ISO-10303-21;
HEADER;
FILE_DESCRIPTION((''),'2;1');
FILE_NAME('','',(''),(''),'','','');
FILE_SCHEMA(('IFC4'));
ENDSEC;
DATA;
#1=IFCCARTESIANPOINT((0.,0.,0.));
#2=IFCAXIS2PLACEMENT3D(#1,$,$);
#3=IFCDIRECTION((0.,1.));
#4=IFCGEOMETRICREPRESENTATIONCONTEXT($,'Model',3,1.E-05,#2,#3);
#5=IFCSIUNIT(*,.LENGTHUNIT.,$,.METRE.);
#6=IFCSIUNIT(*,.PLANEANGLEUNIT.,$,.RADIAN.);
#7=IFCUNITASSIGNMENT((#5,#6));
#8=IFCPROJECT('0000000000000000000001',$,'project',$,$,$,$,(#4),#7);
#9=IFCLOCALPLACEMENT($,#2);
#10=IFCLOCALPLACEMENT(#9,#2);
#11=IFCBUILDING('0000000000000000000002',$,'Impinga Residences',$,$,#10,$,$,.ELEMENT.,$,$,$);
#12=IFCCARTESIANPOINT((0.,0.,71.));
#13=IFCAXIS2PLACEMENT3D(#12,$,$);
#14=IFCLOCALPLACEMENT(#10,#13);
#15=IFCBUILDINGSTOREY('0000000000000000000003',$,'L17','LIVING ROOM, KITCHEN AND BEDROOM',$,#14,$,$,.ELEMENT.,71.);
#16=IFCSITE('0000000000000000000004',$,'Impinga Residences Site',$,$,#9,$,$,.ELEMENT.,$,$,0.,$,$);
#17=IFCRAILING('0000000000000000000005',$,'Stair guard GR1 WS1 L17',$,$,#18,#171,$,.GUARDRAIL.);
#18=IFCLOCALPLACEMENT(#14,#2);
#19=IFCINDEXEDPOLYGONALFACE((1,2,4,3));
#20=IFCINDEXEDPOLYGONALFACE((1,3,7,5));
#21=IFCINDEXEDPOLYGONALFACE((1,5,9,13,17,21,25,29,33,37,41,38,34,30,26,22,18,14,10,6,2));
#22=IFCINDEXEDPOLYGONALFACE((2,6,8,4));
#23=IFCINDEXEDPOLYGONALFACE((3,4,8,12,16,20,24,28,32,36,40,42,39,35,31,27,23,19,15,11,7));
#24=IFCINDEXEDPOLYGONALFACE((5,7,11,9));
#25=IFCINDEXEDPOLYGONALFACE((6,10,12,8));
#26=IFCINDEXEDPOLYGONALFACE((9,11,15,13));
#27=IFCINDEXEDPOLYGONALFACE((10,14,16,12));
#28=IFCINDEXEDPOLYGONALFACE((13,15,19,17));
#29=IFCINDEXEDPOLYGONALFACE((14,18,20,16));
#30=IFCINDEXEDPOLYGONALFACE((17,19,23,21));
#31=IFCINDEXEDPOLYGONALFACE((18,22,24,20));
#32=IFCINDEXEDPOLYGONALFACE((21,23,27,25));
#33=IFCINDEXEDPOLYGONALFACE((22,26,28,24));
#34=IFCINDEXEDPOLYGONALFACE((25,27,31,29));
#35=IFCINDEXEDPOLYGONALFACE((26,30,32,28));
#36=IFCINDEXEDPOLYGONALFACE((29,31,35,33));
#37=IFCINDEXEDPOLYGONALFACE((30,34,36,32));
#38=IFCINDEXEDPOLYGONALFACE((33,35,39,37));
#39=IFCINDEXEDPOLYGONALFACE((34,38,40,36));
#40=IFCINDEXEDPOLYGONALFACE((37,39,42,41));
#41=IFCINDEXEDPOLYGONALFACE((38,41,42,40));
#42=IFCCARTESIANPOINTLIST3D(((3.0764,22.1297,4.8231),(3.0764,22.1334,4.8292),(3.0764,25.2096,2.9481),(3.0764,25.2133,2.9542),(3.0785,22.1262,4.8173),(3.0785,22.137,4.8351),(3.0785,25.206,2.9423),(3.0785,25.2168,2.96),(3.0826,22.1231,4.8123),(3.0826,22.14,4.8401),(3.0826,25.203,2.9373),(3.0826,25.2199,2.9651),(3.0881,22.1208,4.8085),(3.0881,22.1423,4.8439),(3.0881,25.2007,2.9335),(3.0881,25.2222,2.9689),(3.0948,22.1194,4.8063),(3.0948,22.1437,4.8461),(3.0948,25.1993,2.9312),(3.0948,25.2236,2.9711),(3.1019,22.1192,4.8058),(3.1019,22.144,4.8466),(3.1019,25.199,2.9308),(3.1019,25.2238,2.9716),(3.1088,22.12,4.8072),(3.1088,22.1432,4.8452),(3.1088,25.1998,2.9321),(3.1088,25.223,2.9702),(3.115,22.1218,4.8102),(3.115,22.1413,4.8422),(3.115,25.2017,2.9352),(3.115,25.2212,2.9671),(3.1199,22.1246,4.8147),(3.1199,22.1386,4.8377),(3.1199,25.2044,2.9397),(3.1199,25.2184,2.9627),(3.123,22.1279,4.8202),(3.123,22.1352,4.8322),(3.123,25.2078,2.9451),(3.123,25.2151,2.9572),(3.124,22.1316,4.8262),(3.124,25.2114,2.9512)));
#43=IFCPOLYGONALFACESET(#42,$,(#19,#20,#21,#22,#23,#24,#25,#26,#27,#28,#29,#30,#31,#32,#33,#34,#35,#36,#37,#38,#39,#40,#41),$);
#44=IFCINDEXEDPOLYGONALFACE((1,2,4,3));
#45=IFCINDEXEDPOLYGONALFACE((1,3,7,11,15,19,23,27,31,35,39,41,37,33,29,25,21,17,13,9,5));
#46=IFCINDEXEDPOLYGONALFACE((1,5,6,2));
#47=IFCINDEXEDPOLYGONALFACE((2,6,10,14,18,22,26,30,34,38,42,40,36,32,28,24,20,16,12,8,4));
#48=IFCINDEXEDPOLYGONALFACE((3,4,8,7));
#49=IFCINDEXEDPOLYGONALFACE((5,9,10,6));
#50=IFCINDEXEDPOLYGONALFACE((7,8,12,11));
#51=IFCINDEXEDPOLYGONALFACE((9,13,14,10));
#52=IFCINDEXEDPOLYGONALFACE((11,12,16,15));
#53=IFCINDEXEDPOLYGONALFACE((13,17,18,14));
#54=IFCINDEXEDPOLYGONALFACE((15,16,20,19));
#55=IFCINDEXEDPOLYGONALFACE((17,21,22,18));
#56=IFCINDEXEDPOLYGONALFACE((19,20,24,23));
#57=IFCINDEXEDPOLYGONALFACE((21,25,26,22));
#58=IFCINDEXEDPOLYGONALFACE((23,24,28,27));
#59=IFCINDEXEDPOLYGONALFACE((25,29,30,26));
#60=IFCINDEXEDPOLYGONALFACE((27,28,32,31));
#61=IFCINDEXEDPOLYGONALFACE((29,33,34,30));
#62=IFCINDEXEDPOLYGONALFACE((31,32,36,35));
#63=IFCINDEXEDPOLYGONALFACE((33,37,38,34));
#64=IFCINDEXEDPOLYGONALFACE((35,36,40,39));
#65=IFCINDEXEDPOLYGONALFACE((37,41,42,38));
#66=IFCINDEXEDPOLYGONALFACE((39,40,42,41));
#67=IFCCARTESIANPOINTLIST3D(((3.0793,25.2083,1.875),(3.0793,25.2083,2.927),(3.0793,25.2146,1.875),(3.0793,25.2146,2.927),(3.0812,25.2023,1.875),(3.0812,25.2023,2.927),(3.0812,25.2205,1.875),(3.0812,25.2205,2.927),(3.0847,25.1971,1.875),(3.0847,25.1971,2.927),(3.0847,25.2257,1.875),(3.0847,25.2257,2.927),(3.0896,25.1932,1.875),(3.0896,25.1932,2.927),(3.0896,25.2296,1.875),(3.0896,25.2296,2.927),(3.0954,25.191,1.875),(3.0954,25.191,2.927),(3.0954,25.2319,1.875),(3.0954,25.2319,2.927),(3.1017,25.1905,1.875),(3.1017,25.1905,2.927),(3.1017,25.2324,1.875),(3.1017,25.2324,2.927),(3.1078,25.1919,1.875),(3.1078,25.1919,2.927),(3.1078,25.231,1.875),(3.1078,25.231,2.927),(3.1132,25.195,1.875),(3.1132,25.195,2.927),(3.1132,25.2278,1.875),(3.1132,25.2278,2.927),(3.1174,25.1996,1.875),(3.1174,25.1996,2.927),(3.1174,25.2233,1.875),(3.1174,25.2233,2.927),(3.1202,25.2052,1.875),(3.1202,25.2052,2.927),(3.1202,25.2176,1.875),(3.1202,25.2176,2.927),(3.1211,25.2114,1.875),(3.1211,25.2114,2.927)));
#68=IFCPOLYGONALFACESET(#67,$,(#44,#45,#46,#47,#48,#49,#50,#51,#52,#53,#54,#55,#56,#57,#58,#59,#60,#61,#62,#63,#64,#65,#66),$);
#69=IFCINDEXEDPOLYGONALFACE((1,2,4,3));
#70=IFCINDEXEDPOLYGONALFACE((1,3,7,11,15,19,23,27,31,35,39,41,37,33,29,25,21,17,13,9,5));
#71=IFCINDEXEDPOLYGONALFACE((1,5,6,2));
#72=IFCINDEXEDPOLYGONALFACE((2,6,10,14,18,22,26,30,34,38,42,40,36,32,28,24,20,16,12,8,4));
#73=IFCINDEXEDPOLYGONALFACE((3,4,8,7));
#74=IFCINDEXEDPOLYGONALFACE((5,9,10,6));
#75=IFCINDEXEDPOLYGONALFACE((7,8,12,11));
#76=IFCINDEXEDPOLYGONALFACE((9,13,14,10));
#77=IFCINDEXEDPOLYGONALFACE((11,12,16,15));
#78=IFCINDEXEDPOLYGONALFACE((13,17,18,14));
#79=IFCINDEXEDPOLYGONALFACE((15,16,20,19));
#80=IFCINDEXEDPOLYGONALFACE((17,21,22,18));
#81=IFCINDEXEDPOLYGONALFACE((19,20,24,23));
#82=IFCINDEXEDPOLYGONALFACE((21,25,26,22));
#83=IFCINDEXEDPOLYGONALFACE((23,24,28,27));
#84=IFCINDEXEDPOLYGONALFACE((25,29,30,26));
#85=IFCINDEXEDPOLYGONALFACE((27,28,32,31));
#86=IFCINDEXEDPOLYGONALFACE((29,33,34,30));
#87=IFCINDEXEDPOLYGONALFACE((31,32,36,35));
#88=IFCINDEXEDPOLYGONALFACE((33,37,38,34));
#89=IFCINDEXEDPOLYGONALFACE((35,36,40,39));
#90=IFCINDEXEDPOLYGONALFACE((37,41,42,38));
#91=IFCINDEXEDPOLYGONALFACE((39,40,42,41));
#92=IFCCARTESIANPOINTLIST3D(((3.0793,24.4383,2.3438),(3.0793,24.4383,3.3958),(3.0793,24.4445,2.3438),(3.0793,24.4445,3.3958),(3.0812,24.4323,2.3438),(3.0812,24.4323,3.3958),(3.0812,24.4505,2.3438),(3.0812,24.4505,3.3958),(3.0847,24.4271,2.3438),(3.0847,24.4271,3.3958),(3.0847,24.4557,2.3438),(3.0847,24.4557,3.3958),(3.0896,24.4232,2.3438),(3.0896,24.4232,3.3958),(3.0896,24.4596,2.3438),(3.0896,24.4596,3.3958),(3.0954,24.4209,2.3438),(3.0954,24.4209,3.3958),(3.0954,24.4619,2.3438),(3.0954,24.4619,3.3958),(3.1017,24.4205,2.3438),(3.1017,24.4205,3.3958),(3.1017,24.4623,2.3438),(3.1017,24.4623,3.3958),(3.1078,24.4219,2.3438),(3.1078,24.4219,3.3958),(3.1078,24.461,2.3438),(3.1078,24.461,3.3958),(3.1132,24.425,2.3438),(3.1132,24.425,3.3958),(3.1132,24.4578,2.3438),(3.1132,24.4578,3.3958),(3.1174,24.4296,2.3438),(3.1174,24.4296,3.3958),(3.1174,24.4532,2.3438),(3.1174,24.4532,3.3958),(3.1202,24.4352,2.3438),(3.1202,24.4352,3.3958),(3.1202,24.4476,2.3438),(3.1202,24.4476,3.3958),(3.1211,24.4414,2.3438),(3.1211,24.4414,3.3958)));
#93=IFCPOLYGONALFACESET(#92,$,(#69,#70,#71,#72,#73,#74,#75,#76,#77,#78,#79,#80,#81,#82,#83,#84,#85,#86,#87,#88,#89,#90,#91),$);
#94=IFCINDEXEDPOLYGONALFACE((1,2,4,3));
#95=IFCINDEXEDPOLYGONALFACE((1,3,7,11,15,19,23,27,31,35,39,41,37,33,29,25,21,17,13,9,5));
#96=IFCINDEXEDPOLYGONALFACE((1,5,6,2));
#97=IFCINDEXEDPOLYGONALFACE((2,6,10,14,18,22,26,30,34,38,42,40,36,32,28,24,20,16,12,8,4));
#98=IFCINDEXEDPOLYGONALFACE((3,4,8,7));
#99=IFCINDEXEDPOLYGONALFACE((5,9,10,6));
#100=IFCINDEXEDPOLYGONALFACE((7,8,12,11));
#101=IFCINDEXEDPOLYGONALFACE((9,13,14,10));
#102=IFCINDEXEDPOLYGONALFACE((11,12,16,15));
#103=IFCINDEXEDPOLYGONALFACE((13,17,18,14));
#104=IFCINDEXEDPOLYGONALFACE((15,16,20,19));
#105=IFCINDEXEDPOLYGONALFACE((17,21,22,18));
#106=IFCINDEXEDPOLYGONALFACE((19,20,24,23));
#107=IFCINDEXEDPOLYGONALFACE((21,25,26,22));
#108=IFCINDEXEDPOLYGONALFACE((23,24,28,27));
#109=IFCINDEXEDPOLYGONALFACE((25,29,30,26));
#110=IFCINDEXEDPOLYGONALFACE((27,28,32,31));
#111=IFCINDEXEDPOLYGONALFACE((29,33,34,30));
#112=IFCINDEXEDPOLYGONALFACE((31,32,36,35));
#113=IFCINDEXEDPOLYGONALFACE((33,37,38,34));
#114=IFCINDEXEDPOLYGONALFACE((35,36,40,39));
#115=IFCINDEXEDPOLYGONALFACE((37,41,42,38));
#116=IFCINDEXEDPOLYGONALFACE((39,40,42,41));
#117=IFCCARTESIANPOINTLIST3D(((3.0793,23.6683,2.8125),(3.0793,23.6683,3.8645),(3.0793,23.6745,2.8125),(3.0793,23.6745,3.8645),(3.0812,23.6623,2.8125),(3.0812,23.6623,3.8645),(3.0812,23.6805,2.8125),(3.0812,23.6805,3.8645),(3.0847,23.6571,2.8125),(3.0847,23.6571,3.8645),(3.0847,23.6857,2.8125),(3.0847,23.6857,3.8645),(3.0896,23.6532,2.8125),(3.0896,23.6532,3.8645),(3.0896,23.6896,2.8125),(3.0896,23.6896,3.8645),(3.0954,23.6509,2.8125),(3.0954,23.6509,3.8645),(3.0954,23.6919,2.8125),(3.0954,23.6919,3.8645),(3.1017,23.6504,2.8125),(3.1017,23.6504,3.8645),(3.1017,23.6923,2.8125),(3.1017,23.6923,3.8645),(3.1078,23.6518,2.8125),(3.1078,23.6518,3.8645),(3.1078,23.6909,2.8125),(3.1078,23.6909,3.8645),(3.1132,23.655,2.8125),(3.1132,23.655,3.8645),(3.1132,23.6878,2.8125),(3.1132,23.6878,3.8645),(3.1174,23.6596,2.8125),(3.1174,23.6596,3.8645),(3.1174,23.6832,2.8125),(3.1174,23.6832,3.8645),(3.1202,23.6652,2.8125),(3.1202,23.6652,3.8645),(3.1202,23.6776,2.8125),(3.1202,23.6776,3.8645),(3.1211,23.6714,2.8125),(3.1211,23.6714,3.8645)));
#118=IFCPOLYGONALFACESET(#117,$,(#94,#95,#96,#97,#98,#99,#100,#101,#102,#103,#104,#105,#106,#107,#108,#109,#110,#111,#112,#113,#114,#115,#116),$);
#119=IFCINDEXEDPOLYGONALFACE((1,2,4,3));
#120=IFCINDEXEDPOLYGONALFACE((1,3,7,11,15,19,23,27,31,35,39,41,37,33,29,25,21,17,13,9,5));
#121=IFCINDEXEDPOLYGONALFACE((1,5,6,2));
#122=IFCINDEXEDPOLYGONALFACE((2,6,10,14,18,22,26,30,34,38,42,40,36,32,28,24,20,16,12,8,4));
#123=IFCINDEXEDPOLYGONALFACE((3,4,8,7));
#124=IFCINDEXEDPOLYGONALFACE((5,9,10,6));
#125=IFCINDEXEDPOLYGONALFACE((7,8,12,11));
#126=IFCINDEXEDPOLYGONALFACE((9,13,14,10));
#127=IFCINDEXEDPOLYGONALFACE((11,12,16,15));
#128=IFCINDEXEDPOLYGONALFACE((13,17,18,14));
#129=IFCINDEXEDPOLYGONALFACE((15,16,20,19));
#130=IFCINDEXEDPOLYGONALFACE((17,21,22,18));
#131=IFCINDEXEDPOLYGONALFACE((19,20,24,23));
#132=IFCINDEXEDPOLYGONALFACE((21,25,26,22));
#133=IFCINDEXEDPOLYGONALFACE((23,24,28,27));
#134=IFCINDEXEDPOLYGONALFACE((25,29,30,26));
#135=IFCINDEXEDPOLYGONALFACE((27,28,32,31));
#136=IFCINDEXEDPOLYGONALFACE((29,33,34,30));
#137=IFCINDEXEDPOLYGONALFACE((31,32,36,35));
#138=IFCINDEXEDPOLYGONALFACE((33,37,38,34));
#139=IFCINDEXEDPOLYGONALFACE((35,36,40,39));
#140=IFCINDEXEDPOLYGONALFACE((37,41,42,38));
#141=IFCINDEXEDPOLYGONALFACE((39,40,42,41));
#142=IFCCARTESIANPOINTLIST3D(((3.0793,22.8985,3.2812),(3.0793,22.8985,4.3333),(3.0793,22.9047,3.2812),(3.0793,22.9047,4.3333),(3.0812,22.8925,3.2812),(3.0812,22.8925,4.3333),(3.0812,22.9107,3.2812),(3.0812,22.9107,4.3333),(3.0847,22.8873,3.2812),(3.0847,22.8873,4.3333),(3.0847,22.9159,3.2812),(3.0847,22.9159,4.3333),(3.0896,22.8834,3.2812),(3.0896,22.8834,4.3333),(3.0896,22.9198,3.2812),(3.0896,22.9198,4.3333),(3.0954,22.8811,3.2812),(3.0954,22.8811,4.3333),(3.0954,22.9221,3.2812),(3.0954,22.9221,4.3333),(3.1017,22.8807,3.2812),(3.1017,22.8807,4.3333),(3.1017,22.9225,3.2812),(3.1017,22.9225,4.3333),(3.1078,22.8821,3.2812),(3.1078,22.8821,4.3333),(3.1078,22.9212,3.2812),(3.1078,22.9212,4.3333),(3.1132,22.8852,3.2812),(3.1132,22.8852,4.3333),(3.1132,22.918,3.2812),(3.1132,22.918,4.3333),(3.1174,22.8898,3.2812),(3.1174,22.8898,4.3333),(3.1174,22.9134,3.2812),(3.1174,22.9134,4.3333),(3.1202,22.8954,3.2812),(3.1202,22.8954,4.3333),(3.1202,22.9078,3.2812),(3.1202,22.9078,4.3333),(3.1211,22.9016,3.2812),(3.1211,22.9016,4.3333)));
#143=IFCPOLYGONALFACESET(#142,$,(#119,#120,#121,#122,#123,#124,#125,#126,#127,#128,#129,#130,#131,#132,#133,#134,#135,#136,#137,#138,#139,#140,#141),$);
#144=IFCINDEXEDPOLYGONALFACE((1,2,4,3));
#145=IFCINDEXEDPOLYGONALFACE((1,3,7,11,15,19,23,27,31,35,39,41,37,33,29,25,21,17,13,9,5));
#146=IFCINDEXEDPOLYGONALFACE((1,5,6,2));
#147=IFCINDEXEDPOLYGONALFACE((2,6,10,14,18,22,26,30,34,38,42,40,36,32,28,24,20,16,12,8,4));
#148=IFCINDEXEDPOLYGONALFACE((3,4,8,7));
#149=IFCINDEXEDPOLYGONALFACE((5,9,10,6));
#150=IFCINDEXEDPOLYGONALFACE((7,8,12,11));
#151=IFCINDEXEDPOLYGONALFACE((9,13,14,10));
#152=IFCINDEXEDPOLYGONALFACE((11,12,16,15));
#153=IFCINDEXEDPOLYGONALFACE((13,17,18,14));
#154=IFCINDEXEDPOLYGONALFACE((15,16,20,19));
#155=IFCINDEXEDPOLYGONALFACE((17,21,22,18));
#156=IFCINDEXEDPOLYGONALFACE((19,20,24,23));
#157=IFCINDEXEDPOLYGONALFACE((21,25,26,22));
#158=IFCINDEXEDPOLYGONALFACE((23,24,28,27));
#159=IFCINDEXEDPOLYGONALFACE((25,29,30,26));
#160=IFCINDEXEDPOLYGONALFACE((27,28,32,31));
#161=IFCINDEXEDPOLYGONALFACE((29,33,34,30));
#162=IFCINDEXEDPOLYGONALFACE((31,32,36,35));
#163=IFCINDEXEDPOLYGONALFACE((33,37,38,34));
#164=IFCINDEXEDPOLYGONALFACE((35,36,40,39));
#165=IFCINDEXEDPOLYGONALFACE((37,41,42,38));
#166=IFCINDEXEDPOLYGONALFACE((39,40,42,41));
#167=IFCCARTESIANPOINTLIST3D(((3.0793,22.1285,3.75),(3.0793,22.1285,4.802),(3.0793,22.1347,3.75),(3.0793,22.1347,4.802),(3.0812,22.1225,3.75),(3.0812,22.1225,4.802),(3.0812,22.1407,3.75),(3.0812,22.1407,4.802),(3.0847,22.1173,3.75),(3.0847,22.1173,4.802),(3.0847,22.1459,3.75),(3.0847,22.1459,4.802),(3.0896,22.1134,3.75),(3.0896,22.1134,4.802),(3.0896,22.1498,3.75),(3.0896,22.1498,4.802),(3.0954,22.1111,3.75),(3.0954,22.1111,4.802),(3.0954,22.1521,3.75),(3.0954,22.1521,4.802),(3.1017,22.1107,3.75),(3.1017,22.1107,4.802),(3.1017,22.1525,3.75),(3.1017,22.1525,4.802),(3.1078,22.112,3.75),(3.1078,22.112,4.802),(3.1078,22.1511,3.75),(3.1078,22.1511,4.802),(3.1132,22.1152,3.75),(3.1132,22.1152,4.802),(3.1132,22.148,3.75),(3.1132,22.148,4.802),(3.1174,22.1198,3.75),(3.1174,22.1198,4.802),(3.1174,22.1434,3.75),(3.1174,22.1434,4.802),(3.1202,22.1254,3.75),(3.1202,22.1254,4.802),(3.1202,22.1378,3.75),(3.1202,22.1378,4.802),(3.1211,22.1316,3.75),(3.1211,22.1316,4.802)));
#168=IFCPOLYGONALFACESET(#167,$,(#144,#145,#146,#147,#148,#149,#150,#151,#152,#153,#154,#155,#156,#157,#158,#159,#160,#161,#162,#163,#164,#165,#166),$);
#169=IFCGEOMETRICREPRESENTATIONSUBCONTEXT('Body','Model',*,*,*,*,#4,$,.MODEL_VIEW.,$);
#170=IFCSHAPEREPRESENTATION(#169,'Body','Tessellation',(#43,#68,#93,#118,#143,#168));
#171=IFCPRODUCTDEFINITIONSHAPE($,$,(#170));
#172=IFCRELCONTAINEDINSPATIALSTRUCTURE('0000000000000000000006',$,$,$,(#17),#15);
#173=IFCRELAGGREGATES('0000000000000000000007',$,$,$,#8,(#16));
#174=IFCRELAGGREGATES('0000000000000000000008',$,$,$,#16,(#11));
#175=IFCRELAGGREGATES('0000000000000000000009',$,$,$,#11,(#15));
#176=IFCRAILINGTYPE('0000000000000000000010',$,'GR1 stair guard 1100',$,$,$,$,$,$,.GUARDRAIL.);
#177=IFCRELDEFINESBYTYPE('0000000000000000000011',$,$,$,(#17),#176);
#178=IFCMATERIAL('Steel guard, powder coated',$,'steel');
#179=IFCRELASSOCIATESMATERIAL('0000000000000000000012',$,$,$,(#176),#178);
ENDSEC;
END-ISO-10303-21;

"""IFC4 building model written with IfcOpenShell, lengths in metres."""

from ifc_helpers import new_model, si_unit, direction, frame, origin, origin_2d, place, context, subcontext, project, spatial, circle, extrude, material, type_object, element, save


model = new_model("IFC4")

# Units and contexts
model_context = context("Model", 3, precision=1e-05, world=origin(), true_north=direction((0.0, 1.0)))
body_context = subcontext(model_context, "Body", "Model", "MODEL_VIEW")
ifc_project = project(units=[si_unit("LENGTHUNIT", "METRE"), si_unit("PLANEANGLEUNIT", "RADIAN")], contexts=[model_context])

# Site, building, storey
site_placement = place(None, origin())
site = spatial("IfcSite", under=ifc_project, at=site_placement, Name="Impinga Residences Site", CompositionType="ELEMENT", RefElevation=0.0)
building_placement = place(site_placement, origin())
building = spatial("IfcBuilding", under=site, at=building_placement, Name="Impinga Residences", CompositionType="ELEMENT")
storey_placement = place(building_placement, frame((0.0, 0.0, 71.0)))
storey = spatial("IfcBuildingStorey", under=building, at=storey_placement, Name="L17", Description="LIVING ROOM, KITCHEN AND BEDROOM", CompositionType="ELEMENT", Elevation=71.0)

# Railing
ifc_material_1 = material(Name="Steel guard, powder coated", Category="steel")
railing_type_1 = type_object("IfcRailingType", Name="GR1 stair guard 1100", PredefinedType="GUARDRAIL", material=ifc_material_1)
railing_1_placement = place(storey_placement, frame((3.1001, 25.2114, 1.875)))
element("IfcRailing", 1, at=railing_1_placement, inside=storey, type_object=railing_type_1, Name="Stair guard GR1 WS1 L17", PredefinedType="GUARDRAIL", context=body_context, shape_type="SweptSolid", body=[
    extrude(circle(Radius=0.0239, at=origin_2d()), frame((0.0, 0.0, 1.0762), z_axis=(0.0, -0.854159, 0.520011), x_axis=(1.0, 0.0, 0.0)), (0.0, 0.0, 1.0), 3.6057),
    extrude(circle(Radius=0.021, at=origin_2d()), origin(), (0.0, 0.0, 1.0), 1.052),
    extrude(circle(Radius=0.021, at=origin_2d()), frame((0.0, -0.77, 0.4688)), (0.0, 0.0, 1.0), 1.052),
    extrude(circle(Radius=0.021, at=origin_2d()), frame((0.0, -1.54, 0.9375)), (0.0, 0.0, 1.0), 1.052),
    extrude(circle(Radius=0.021, at=origin_2d()), frame((0.0, -2.3098, 1.4062)), (0.0, 0.0, 1.0), 1.052),
    extrude(circle(Radius=0.021, at=origin_2d()), frame((0.0, -3.0798, 1.875)), (0.0, 0.0, 1.0), 1.052),
])

save(model, "model.ifc")
